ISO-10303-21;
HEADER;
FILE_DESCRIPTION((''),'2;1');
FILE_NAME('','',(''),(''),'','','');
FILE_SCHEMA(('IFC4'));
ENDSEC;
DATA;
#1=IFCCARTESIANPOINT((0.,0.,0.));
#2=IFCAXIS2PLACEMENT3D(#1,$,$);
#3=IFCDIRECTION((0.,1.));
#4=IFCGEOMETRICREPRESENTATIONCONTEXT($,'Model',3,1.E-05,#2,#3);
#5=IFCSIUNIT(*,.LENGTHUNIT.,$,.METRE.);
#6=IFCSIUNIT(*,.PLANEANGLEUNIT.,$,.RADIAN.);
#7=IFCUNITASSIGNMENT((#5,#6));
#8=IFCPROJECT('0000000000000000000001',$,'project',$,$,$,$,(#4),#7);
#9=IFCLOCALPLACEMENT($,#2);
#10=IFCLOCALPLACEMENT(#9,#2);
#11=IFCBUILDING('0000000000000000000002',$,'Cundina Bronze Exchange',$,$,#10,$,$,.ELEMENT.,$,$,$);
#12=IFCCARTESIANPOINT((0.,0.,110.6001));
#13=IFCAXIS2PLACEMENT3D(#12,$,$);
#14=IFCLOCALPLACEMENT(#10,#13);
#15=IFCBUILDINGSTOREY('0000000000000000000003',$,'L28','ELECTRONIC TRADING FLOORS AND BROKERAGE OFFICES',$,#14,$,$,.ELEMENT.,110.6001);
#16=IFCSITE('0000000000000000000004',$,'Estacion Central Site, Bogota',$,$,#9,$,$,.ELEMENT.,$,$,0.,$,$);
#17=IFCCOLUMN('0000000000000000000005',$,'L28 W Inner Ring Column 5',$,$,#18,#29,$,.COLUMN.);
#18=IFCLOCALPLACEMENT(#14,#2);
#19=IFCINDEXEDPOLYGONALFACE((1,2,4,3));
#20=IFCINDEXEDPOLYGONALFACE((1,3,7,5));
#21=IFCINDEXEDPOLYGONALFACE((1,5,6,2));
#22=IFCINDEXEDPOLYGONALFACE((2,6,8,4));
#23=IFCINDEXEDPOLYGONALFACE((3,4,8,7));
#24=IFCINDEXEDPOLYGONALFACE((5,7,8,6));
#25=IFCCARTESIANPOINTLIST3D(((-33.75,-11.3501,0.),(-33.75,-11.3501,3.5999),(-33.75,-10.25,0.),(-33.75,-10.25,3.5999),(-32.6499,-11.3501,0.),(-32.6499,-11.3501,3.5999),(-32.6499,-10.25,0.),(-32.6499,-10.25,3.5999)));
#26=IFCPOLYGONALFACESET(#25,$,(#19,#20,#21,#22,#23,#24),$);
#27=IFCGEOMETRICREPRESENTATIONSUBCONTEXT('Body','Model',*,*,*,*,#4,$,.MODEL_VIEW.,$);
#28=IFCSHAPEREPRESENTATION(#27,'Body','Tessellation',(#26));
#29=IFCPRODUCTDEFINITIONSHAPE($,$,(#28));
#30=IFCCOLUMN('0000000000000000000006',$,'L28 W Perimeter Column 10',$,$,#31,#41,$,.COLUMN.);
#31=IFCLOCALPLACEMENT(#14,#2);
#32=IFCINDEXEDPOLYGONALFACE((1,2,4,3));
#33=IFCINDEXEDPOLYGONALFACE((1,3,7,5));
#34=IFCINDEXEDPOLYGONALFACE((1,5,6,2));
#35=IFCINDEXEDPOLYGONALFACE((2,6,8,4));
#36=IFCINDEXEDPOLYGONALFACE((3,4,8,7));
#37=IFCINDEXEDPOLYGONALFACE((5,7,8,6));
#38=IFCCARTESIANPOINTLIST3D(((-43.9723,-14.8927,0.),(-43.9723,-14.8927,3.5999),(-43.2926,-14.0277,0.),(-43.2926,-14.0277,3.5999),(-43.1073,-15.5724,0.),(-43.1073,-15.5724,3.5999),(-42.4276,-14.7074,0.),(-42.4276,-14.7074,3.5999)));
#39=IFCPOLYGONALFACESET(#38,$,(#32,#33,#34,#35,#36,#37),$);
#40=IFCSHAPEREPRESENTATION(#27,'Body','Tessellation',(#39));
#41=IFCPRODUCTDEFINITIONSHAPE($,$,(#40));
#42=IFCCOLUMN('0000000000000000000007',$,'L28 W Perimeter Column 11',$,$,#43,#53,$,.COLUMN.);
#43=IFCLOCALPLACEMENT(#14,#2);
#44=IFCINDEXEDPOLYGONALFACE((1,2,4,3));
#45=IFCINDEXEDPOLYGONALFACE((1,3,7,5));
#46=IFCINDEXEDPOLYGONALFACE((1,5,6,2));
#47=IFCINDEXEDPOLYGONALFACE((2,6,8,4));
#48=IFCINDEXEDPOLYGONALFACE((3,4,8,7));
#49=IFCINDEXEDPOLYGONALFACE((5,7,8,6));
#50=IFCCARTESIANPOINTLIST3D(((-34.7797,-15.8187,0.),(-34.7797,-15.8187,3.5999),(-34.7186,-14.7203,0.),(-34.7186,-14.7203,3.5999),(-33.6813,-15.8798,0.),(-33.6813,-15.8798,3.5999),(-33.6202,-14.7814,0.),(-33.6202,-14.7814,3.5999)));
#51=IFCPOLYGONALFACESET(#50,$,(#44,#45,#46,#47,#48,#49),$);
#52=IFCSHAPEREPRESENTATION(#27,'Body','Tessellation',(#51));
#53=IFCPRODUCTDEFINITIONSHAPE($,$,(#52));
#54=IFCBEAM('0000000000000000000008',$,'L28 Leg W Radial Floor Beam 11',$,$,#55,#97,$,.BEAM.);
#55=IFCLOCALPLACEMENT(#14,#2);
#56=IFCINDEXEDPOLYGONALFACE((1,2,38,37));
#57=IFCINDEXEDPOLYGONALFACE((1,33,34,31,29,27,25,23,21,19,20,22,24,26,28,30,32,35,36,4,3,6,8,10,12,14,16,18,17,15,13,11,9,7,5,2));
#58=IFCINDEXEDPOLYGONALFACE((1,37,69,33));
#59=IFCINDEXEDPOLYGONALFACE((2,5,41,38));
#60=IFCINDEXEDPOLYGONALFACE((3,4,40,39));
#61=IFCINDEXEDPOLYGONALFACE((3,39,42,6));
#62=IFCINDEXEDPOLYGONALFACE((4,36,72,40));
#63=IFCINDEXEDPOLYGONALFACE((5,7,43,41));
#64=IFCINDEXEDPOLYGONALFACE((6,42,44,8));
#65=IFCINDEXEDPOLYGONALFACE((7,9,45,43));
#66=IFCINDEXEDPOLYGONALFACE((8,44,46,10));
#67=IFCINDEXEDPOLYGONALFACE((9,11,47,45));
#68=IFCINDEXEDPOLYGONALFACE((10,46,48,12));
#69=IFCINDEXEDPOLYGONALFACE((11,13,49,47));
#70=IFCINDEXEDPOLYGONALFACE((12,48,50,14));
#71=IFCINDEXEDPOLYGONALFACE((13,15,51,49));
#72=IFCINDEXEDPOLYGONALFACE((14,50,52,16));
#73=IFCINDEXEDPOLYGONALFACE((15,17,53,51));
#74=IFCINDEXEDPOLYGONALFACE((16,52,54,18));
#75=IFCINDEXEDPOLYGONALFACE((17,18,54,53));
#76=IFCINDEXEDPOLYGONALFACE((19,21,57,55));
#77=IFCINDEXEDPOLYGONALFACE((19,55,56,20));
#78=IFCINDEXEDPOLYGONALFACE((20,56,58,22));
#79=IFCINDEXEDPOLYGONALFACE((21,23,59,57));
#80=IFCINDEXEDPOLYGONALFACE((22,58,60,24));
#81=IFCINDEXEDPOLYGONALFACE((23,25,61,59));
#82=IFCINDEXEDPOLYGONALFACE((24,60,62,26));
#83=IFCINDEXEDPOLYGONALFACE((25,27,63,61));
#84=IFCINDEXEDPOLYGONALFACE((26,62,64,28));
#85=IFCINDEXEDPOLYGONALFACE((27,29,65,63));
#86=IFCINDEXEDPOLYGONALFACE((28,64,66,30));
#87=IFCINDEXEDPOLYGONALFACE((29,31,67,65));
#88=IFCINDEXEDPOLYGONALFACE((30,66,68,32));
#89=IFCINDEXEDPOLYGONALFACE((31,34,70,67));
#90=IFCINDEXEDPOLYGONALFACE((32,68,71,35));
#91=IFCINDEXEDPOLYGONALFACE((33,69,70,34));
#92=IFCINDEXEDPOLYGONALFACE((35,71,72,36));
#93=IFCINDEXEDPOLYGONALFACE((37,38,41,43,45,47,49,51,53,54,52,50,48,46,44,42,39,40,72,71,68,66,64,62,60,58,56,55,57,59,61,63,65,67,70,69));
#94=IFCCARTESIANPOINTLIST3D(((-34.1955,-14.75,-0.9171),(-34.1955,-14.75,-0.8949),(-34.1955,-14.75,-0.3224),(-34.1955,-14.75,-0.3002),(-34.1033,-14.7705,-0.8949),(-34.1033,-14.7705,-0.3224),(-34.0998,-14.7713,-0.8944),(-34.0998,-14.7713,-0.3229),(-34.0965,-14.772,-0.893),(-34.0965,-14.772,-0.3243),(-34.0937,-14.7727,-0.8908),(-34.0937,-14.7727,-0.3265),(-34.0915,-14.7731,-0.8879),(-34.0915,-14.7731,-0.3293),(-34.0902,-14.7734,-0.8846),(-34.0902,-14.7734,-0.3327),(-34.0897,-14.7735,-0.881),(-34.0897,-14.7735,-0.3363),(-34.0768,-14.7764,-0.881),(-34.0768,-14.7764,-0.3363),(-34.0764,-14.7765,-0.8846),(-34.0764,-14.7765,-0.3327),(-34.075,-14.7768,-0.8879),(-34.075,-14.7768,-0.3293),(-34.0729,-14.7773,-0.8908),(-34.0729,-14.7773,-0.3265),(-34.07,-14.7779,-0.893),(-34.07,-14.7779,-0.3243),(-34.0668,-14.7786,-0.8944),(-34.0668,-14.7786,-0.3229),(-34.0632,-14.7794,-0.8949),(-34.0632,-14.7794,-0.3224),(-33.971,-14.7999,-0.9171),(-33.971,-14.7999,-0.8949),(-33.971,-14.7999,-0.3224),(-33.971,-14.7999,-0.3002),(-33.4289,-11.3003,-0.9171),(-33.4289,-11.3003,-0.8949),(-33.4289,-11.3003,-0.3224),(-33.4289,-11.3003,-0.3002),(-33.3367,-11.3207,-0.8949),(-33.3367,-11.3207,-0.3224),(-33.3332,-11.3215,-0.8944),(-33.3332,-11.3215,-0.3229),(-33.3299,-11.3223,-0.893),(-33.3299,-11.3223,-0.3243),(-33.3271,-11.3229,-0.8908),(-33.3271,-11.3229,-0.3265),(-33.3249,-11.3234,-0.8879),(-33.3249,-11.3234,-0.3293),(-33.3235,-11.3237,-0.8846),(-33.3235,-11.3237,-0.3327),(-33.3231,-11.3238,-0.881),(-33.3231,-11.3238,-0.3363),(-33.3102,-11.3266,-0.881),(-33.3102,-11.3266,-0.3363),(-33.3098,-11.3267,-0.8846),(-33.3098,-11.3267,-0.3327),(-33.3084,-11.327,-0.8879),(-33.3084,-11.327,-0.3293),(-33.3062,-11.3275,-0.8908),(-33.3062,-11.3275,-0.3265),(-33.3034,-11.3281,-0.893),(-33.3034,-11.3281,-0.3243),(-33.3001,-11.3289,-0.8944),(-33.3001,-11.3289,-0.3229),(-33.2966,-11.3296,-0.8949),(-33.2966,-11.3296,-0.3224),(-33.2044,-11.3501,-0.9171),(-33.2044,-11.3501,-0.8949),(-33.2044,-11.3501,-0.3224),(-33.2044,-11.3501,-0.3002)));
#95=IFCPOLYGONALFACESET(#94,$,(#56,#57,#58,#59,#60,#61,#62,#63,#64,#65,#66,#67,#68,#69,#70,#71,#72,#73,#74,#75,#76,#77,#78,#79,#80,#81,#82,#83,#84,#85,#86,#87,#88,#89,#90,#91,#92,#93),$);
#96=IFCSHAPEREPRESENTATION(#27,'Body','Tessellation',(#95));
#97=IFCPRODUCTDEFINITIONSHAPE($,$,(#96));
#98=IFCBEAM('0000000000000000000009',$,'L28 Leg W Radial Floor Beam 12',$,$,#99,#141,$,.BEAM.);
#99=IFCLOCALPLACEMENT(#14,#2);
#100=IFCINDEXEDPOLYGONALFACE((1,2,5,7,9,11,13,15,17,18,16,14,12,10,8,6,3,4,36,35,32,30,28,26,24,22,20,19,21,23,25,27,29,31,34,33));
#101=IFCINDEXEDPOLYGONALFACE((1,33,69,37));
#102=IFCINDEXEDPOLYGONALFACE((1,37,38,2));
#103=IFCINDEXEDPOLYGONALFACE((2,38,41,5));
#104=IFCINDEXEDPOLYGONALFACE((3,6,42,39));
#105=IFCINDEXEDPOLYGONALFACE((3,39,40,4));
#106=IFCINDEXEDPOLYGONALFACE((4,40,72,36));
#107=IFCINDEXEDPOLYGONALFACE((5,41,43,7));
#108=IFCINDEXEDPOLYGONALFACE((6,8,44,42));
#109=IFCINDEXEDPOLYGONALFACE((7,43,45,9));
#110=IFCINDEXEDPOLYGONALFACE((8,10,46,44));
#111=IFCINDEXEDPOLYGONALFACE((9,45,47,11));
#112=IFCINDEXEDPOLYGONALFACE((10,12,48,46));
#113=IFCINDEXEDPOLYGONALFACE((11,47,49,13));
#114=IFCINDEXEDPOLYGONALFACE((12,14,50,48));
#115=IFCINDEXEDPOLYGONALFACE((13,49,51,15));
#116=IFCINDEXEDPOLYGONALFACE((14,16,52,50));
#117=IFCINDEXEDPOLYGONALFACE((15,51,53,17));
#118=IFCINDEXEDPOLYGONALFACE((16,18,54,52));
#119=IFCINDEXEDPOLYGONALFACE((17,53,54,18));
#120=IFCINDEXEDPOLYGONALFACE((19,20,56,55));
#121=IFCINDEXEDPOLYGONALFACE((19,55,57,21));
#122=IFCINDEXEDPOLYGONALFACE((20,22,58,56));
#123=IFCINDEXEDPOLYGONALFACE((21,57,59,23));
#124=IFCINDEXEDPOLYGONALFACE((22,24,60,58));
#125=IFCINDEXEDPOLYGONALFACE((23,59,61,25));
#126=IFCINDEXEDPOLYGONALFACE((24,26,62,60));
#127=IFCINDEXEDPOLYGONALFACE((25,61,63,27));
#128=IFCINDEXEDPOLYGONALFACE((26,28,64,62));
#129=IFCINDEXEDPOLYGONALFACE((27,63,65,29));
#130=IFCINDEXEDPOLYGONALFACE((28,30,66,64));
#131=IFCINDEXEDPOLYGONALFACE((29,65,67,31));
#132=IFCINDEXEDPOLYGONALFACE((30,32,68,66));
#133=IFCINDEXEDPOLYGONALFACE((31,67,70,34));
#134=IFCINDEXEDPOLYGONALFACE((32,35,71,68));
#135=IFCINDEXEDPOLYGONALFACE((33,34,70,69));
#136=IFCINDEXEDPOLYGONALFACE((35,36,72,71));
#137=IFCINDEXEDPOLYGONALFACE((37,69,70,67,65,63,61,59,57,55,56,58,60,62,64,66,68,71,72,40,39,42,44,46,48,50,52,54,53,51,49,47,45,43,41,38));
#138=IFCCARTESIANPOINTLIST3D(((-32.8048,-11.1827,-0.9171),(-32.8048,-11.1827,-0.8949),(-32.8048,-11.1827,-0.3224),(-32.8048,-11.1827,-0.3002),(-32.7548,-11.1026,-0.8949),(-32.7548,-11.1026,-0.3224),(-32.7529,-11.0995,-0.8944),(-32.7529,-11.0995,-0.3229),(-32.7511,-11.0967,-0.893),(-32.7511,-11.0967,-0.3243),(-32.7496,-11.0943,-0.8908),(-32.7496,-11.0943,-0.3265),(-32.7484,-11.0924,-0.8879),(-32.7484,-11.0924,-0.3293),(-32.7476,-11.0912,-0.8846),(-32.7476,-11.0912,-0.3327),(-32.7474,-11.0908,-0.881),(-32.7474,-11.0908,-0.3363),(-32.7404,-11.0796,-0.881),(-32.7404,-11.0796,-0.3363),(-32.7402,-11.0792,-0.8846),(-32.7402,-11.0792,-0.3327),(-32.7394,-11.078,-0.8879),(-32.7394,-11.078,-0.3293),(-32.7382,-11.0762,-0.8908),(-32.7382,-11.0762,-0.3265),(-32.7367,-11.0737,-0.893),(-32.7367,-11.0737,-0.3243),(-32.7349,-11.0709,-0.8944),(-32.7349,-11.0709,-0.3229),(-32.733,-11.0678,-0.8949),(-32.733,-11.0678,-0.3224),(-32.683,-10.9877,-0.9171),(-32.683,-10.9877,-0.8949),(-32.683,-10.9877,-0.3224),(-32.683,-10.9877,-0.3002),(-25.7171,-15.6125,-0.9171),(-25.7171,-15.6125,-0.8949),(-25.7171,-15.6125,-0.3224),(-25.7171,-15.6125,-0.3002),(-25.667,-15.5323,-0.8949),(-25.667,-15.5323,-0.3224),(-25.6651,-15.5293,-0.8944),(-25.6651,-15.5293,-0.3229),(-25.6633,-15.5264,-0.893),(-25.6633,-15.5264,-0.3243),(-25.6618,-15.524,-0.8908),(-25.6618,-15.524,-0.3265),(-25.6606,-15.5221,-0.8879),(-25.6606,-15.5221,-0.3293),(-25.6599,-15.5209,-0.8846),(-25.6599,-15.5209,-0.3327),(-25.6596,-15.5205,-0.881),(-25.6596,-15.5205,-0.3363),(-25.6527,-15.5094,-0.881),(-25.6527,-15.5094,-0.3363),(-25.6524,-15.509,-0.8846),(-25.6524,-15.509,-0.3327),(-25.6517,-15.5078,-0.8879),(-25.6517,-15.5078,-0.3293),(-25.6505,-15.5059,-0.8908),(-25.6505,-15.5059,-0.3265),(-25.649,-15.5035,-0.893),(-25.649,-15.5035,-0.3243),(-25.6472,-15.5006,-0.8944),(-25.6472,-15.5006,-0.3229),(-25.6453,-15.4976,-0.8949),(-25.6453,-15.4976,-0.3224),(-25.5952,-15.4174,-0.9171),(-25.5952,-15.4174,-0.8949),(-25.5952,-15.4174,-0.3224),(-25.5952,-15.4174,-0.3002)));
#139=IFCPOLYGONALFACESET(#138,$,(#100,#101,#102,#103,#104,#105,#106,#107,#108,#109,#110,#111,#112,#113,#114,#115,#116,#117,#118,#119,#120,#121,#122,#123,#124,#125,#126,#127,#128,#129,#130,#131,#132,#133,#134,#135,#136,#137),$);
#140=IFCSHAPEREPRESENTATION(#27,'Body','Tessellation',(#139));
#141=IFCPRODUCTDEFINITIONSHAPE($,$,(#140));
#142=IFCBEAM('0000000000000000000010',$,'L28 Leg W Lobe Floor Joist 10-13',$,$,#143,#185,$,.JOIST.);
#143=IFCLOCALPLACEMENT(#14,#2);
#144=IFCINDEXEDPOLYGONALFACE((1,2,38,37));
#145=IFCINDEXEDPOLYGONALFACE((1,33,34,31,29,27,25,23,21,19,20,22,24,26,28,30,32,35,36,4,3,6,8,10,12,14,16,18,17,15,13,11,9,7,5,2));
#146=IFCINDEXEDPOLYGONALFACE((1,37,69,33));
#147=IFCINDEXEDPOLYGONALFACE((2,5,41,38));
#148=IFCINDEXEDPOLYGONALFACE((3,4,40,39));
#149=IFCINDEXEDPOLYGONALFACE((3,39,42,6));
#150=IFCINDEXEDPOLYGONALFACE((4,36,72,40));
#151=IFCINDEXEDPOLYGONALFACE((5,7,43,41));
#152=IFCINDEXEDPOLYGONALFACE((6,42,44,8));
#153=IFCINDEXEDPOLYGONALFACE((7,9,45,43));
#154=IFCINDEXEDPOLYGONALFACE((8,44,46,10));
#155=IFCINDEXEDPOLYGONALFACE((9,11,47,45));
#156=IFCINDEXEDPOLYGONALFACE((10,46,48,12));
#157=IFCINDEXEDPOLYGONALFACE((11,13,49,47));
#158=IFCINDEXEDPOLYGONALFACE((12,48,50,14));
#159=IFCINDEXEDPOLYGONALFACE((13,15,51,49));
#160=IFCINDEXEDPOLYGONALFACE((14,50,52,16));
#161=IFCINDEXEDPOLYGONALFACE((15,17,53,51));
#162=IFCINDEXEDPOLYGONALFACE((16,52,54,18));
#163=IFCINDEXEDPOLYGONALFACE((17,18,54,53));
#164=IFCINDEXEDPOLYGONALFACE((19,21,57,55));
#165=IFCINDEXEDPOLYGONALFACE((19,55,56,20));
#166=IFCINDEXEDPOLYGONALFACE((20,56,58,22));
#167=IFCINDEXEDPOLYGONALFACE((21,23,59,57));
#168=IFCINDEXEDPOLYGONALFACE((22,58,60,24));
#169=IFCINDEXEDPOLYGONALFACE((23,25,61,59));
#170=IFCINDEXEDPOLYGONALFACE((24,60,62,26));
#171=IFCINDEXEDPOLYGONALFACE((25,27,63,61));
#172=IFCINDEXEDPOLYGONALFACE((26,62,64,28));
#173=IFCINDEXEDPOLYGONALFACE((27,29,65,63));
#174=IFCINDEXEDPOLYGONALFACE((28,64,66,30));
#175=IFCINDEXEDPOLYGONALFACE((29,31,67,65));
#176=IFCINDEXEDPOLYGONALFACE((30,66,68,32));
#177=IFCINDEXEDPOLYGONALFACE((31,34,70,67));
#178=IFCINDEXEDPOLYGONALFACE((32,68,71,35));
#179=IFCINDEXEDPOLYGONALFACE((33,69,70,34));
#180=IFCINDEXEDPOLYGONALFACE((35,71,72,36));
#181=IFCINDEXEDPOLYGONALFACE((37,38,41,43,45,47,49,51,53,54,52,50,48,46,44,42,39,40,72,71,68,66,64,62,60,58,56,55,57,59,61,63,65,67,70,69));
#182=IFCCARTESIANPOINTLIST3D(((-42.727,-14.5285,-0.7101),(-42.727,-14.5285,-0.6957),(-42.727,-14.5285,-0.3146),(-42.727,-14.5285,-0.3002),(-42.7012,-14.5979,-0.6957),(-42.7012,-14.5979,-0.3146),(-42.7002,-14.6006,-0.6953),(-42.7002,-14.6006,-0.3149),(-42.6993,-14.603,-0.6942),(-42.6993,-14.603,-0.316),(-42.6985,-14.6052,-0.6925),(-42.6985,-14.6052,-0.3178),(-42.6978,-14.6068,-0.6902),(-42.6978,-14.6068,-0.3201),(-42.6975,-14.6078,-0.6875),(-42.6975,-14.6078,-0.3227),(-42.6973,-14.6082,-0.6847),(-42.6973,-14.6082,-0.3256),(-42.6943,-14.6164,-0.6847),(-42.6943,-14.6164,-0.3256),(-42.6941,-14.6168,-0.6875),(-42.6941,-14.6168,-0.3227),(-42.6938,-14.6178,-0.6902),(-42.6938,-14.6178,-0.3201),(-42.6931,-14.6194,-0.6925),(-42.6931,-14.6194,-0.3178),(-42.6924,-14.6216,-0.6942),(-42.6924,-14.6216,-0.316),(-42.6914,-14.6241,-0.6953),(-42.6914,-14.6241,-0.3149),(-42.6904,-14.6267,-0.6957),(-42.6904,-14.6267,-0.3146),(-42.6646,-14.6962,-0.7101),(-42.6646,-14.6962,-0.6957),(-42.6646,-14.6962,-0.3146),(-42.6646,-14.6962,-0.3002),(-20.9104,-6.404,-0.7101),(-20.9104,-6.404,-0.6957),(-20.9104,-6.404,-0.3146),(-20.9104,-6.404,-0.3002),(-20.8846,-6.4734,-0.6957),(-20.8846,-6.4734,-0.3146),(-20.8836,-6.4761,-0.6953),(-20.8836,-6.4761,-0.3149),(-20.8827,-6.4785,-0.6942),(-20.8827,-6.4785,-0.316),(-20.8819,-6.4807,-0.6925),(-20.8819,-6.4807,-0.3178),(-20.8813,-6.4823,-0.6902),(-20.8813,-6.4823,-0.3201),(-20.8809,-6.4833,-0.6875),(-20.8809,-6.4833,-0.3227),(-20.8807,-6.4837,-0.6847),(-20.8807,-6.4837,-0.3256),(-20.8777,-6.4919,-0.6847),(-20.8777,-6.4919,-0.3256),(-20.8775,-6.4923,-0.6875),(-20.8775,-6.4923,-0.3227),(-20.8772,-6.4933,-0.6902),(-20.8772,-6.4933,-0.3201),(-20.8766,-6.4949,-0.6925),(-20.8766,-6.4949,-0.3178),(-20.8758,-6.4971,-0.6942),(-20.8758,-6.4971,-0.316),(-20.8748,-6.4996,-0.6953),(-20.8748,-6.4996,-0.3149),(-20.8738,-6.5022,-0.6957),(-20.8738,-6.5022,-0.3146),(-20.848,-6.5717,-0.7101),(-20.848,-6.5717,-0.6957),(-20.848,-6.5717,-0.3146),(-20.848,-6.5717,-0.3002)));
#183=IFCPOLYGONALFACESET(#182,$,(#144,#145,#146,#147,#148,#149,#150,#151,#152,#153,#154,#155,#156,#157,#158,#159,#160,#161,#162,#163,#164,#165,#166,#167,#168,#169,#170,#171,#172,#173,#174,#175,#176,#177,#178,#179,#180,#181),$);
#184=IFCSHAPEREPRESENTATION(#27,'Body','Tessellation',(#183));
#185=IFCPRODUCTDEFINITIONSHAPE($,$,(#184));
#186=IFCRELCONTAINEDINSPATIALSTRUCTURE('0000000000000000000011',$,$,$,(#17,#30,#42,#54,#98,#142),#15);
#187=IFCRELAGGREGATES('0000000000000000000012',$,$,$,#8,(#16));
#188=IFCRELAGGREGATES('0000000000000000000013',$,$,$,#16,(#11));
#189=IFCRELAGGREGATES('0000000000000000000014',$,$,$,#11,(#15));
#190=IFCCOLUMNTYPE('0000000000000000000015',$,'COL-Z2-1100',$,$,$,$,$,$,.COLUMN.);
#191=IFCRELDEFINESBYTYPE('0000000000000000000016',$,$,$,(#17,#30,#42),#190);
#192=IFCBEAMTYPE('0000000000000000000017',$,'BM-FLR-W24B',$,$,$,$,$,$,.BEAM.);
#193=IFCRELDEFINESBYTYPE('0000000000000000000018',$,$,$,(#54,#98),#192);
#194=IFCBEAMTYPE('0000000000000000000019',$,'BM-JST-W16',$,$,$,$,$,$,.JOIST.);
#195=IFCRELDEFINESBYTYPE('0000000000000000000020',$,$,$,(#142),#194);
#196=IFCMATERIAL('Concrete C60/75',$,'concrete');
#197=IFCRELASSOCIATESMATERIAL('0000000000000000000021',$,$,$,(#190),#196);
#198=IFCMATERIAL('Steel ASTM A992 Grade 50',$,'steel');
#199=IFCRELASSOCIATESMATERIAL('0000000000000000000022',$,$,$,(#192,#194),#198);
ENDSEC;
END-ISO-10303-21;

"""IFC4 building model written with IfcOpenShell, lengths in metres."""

from ifc_helpers import new_model, si_unit, direction, frame, origin, origin_2d, place, context, subcontext, project, spatial, rectangle, i_section, extrude, material, material_profile, profile_set, type_object, element, save


model = new_model("IFC4")

# Units and contexts
model_context = context("Model", 3, precision=1e-05, world=origin(), true_north=direction((0.0, 1.0)))
body_context = subcontext(model_context, "Body", "Model", "MODEL_VIEW")
ifc_project = project(units=[si_unit("LENGTHUNIT", "METRE"), si_unit("PLANEANGLEUNIT", "RADIAN")], contexts=[model_context])

# Site, building, storey
site_placement = place(None, origin())
site = spatial("IfcSite", under=ifc_project, at=site_placement, Name="Estacion Central Site, Bogota", CompositionType="ELEMENT", RefElevation=0.0)
building_placement = place(site_placement, origin())
building = spatial("IfcBuilding", under=site, at=building_placement, Name="Cundina Bronze Exchange", CompositionType="ELEMENT")
storey_placement = place(building_placement, frame((0.0, 0.0, 110.6001)))
storey = spatial("IfcBuildingStorey", under=building, at=storey_placement, Name="L28", Description="ELECTRONIC TRADING FLOORS AND BROKERAGE OFFICES", CompositionType="ELEMENT", Elevation=110.6001)

# Columns
ifc_material_1 = material(Name="Concrete C60/75", Category="concrete")
ifc_material_profile_1 = material_profile(ifc_material_1, rectangle(XDim=1.1001, YDim=1.1001, at=origin_2d()), Name="RC1100X1100", Category="concrete")
ifc_profile_set_1 = profile_set([ifc_material_profile_1], Name="Concrete C60/75")
column_type = type_object("IfcColumnType", Name="COL-Z2-1100", PredefinedType="COLUMN", material=ifc_profile_set_1)
for number, where, z_axis, x_axis, name in (
    (1, (-33.2, -10.8, 0.0), (0.0, 0.0, 1.0), (1.0, 0.0, 0.0), "L28 W Inner Ring Column 5"),
    (2, (-43.2, -14.8, 0.0), (0.0, 0.0, 1.0), (0.786288, -0.61786, 0.0), "L28 W Perimeter Column 10"),
    (3, (-34.2, -15.3, 0.0), (0.0, 0.0, 1.0), (0.99846, -0.055473, 0.0), "L28 W Perimeter Column 11"),
):
    element("IfcColumn", number, at=place(storey_placement, frame(where, z_axis=z_axis, x_axis=x_axis)), inside=storey, type_object=column_type, Name=name, PredefinedType="COLUMN", context=body_context, shape_type="SweptSolid", body=[
        extrude(rectangle(XDim=1.1001, YDim=1.1001, at=origin_2d()), origin(), (0.0, 0.0, 1.0), 3.5999),
    ])

# Beams
ifc_material_2 = material(Name="Steel ASTM A992 Grade 50", Category="steel")
ifc_material_profile_2 = material_profile(ifc_material_2, i_section(OverallWidth=0.23, OverallDepth=0.6169, WebThickness=0.0132, FlangeThickness=0.0222, FilletRadius=0.0139, at=origin_2d()), Name="W24X94", Category="steel")
ifc_profile_set_2 = profile_set([ifc_material_profile_2], Name="Steel ASTM A992 Grade 50")
beam_type_1 = type_object("IfcBeamType", Name="BM-FLR-W24B", PredefinedType="BEAM", material=ifc_profile_set_2)
beam_1_placement = place(storey_placement, frame((-33.3167, -11.3252, -0.6086), z_axis=(-0.21693, -0.976187, 0.0), x_axis=(0.976187, -0.21693, 0.0)))
element("IfcBeam", 4, at=beam_1_placement, inside=storey, type_object=beam_type_1, Name="L28 Leg W Radial Floor Beam 11", PredefinedType="BEAM", context=body_context, shape_type="SweptSolid", body=[
    extrude(i_section(OverallWidth=0.23, OverallDepth=0.6169, WebThickness=0.0132, FlangeThickness=0.0222, FilletRadius=0.0139, at=origin_2d()), origin(), (0.0, 0.0, 1.0), 3.5339),
])
beam_2_placement = place(storey_placement, frame((-32.7439, -11.0852, -0.6086), z_axis=(0.848003, -0.529991, 0.0), x_axis=(0.529991, 0.848003, 0.0)))
element("IfcBeam", 5, at=beam_2_placement, inside=storey, type_object=beam_type_1, Name="L28 Leg W Radial Floor Beam 12", PredefinedType="BEAM", context=body_context, shape_type="SweptSolid", body=[
    extrude(i_section(OverallWidth=0.23, OverallDepth=0.6169, WebThickness=0.0132, FlangeThickness=0.0222, FilletRadius=0.0139, at=origin_2d()), origin(), (0.0, 0.0, 1.0), 8.3582),
])
ifc_material_profile_3 = material_profile(ifc_material_2, i_section(OverallWidth=0.179, OverallDepth=0.4099, WebThickness=0.0088, FlangeThickness=0.0144, FilletRadius=0.011, at=origin_2d()), Name="W16X45", Category="steel")
ifc_profile_set_3 = profile_set([ifc_material_profile_3], Name="Steel ASTM A992 Grade 50")
beam_type_2 = type_object("IfcBeamType", Name="BM-JST-W16", PredefinedType="JOIST", material=ifc_profile_set_3)
beam_3_placement = place(storey_placement, frame((-42.6958, -14.6123, -0.5051), z_axis=(0.937128, 0.348986, 0.0), x_axis=(-0.348986, 0.937128, 0.0)))
element("IfcBeam", 6, at=beam_3_placement, inside=storey, type_object=beam_type_2, Name="L28 Leg W Lobe Floor Joist 10-13", PredefinedType="JOIST", context=body_context, shape_type="SweptSolid", body=[
    extrude(i_section(OverallWidth=0.179, OverallDepth=0.4099, WebThickness=0.0088, FlangeThickness=0.0144, FilletRadius=0.011, at=origin_2d()), origin(), (0.0, 0.0, 1.0), 23.2803),
])

save(model, "model.ifc")
